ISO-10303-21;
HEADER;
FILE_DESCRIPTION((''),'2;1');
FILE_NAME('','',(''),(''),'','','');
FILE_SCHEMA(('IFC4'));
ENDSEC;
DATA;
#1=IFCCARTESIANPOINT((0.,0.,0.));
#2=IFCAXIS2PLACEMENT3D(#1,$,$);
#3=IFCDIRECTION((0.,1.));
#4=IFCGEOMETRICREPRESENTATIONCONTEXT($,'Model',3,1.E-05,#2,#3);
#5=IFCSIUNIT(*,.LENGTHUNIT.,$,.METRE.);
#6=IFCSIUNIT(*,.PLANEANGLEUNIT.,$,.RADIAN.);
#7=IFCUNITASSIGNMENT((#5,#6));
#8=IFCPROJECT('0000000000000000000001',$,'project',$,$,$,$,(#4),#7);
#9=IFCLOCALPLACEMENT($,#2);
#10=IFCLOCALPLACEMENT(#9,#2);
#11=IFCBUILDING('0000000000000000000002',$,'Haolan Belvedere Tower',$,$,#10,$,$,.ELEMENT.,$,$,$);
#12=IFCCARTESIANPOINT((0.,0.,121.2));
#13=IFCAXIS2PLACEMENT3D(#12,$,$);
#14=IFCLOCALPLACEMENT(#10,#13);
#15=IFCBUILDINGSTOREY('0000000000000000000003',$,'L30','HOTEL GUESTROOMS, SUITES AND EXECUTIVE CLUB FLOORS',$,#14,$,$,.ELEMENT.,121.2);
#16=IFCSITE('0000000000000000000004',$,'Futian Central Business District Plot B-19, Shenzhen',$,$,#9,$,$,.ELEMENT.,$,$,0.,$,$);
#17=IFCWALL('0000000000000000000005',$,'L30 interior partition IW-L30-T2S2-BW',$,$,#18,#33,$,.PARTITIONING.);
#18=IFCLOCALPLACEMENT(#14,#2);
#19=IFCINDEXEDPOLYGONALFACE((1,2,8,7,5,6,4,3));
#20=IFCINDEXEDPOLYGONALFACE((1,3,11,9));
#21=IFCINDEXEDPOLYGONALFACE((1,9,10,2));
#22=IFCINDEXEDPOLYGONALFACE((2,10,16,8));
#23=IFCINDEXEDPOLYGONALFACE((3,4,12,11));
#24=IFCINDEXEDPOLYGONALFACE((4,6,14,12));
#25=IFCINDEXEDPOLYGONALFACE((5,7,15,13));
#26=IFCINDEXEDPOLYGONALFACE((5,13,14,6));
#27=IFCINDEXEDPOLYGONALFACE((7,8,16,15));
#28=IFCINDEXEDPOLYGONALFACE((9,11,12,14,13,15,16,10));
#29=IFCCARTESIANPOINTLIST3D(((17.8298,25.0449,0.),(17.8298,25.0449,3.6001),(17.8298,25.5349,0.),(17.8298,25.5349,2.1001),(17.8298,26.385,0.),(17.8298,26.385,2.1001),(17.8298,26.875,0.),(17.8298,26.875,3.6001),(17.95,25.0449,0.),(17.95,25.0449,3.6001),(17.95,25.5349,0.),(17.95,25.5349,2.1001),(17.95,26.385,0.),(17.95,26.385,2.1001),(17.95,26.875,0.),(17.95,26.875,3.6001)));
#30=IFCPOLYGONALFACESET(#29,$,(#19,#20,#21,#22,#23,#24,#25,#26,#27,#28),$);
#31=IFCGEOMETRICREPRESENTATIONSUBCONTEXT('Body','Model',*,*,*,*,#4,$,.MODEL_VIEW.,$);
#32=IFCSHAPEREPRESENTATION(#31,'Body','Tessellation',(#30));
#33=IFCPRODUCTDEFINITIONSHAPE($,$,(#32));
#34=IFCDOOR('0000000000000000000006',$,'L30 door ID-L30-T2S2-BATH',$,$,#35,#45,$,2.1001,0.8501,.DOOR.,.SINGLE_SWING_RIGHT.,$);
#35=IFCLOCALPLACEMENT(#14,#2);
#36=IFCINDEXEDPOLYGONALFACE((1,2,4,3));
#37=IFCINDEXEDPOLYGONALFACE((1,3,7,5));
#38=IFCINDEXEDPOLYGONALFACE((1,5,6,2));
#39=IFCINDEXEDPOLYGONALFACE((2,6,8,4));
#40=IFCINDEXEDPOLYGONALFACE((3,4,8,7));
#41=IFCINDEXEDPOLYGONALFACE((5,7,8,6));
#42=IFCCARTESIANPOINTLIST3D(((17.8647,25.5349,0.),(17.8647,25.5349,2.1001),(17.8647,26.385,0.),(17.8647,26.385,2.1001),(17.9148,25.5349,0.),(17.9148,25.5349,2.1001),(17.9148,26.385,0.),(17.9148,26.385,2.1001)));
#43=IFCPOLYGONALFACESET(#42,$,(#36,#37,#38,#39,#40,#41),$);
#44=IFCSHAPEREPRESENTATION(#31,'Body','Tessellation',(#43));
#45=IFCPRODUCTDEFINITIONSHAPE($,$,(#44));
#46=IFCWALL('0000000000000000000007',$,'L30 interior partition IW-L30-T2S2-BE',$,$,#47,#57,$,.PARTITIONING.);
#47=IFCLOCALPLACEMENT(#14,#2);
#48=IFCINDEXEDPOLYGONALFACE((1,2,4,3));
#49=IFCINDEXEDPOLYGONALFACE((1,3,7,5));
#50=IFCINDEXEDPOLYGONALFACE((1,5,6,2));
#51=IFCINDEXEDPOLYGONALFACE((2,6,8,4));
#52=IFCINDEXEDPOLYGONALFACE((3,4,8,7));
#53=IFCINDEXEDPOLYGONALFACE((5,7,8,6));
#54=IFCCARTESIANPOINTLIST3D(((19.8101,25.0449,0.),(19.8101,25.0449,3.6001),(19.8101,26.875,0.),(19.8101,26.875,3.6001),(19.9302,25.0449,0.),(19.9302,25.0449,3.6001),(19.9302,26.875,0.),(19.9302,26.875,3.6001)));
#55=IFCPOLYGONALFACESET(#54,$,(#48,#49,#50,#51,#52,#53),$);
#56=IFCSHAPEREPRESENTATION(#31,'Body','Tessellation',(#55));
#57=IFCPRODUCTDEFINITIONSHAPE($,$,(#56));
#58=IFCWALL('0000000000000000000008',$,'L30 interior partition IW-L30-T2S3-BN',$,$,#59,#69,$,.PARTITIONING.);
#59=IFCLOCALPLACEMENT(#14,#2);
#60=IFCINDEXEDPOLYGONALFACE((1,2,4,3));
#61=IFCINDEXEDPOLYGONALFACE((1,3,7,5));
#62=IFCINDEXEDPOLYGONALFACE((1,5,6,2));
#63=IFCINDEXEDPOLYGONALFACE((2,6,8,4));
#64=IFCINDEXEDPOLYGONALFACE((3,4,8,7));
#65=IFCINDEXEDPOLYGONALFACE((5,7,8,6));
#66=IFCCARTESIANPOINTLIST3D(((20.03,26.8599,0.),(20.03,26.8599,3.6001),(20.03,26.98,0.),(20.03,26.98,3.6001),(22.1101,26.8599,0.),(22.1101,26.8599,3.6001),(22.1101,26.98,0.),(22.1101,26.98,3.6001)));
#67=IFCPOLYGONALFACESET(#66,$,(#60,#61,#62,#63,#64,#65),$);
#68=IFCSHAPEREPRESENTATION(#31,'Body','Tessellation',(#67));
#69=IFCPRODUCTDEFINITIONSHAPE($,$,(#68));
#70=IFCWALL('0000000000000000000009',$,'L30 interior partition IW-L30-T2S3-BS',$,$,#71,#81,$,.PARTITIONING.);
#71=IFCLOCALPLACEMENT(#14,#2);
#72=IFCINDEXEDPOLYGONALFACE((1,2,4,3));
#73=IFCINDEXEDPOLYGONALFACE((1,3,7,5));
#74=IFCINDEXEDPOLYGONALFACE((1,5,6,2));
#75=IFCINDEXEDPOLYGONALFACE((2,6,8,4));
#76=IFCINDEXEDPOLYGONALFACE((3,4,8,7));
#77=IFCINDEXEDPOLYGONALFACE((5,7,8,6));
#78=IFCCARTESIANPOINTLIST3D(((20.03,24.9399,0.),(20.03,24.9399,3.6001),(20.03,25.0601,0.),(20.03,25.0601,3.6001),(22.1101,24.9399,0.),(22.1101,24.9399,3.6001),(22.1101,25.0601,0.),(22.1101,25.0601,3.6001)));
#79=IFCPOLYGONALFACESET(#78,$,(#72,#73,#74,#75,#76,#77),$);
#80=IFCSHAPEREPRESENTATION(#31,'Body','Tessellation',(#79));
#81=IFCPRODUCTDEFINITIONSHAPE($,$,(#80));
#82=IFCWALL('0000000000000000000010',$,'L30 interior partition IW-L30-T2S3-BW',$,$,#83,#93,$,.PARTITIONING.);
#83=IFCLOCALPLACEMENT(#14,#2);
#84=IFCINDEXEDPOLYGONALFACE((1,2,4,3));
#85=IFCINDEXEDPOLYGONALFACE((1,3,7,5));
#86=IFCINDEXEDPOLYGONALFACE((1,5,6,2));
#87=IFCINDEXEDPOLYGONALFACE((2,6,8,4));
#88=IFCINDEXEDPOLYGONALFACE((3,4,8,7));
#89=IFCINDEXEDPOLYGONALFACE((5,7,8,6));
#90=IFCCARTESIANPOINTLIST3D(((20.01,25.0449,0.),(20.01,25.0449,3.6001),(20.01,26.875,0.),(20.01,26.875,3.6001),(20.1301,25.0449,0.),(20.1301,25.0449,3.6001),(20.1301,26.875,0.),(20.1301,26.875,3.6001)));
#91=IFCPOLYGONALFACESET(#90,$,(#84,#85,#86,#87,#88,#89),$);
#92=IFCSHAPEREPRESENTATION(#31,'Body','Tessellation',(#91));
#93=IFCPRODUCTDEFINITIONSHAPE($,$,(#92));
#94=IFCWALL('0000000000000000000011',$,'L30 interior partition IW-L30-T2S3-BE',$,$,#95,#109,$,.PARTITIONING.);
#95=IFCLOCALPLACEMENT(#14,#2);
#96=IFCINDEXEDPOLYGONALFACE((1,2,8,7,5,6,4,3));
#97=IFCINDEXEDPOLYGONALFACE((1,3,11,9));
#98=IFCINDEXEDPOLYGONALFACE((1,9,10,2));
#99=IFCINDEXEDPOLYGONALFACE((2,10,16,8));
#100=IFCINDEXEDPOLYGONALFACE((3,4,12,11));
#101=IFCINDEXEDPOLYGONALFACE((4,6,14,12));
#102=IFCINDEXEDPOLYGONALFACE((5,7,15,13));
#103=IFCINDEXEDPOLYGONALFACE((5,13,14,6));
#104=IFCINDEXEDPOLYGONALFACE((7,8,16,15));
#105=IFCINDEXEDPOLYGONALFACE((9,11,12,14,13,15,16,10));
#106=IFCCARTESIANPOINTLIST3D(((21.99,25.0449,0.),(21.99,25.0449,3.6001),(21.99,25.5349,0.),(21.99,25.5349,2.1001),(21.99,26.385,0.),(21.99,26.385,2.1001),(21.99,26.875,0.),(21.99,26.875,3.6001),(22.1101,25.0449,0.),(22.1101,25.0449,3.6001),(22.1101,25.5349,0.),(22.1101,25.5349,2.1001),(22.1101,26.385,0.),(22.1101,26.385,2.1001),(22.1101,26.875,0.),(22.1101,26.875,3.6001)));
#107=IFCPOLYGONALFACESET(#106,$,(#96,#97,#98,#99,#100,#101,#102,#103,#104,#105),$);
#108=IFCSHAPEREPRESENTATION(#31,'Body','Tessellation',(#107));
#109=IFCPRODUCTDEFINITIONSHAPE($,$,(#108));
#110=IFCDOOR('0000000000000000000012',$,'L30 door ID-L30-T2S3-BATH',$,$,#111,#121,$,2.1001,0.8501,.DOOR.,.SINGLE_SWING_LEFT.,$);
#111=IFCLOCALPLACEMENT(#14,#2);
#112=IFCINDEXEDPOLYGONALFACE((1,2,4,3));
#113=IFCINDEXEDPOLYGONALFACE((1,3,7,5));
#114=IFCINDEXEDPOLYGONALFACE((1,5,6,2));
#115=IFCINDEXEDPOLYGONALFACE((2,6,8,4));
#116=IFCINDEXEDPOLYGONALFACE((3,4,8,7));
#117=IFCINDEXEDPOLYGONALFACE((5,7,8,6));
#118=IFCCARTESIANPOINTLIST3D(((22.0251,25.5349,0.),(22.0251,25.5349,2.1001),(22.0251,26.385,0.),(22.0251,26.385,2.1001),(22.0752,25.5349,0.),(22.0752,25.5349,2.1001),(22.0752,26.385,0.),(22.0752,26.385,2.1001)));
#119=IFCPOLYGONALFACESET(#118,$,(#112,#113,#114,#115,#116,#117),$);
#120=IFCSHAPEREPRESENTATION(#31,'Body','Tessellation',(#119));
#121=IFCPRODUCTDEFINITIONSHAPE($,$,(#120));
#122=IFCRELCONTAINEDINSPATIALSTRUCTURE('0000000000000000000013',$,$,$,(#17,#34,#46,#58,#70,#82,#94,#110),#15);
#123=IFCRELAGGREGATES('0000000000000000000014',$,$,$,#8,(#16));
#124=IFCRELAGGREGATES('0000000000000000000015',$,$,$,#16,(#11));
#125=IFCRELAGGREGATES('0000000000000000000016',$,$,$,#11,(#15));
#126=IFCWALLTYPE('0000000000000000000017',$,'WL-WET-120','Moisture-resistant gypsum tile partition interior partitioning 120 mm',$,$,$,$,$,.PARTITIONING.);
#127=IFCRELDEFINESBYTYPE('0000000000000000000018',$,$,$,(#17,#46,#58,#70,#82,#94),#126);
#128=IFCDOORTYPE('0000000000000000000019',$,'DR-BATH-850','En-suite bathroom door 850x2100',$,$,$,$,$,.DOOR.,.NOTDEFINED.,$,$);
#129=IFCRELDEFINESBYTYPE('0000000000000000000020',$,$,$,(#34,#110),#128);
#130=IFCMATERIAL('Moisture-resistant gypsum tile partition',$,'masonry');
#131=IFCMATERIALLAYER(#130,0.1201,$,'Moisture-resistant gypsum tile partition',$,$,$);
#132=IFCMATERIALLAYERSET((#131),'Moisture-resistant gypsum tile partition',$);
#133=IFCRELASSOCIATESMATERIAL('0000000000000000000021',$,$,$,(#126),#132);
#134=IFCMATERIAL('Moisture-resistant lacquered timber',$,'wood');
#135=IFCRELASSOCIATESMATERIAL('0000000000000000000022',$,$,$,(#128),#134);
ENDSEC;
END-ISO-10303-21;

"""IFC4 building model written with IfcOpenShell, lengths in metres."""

from ifc_helpers import new_model, si_unit, direction, frame, frame_2d, origin, place, context, subcontext, project, spatial, rectangle, extrude, material, layer, layer_set, type_object, element, fill, save


model = new_model("IFC4")

# Units and contexts
model_context = context("Model", 3, precision=1e-05, world=origin(), true_north=direction((0.0, 1.0)))
body_context = subcontext(model_context, "Body", "Model", "MODEL_VIEW")
ifc_project = project(units=[si_unit("LENGTHUNIT", "METRE"), si_unit("PLANEANGLEUNIT", "RADIAN")], contexts=[model_context])

# Site, building, storey
site_placement = place(None, origin())
site = spatial("IfcSite", under=ifc_project, at=site_placement, Name="Futian Central Business District Plot B-19, Shenzhen", CompositionType="ELEMENT", RefElevation=0.0)
building_placement = place(site_placement, origin())
building = spatial("IfcBuilding", under=site, at=building_placement, Name="Haolan Belvedere Tower", CompositionType="ELEMENT")
storey_placement = place(building_placement, frame((0.0, 0.0, 121.2)))
storey = spatial("IfcBuildingStorey", under=building, at=storey_placement, Name="L30", Description="HOTEL GUESTROOMS, SUITES AND EXECUTIVE CLUB FLOORS", CompositionType="ELEMENT", Elevation=121.2)

# Shared definitions
ifc_material_1 = material(Name="Moisture-resistant gypsum tile partition", Category="masonry")
ifc_layer_1 = layer(ifc_material_1, 0.1201, Name="Moisture-resistant gypsum tile partition")
ifc_layer_set_1 = layer_set([ifc_layer_1], Name="Moisture-resistant gypsum tile partition")
wall_type_1 = type_object("IfcWallType", Name="WL-WET-120", Description="Moisture-resistant gypsum tile partition interior partitioning 120 mm", PredefinedType="PARTITIONING", material=ifc_layer_set_1)

# Wall, opening, door
wall_1_placement = place(storey_placement, frame((17.8899, 25.0449, 0.0), z_axis=(0.0, 0.0, 1.0), x_axis=(0.0, 1.0, 0.0)))
wall_1 = element("IfcWall", 1, at=wall_1_placement, inside=storey, type_object=wall_type_1, Name="L30 interior partition IW-L30-T2S2-BW", PredefinedType="PARTITIONING", context=body_context, shape_type="SweptSolid", body=[
    extrude(rectangle(XDim=1.8301, YDim=0.1201, at=frame_2d((0.915, 0.0))), origin(), (0.0, 0.0, 1.0), 3.6001),
])
opening_1_placement = place(wall_1_placement, frame((1.3401, 0.0, 0.0), z_axis=(0.0, 0.0, 1.0), x_axis=(-1.0, 0.0, 0.0)))
opening_1 = element("IfcOpeningElement", 2, at=opening_1_placement, cuts=wall_1, PredefinedType="OPENING", context=body_context, shape_type="SweptSolid", body=[
    extrude(rectangle(XDim=0.8501, YDim=2.1001, at=frame_2d((0.425, 1.05))), frame((0.0, 0.0701, 0.0), z_axis=(0.0, -1.0, 0.0), x_axis=(1.0, 0.0, 0.0)), (0.0, 0.0, 1.0), 0.1401),
])
ifc_material_2 = material(Name="Moisture-resistant lacquered timber", Category="wood")
door_type_1 = type_object("IfcDoorType", Name="DR-BATH-850", Description="En-suite bathroom door 850x2100", OperationType="NOTDEFINED", PredefinedType="DOOR", material=ifc_material_2)
door_1_placement = place(opening_1_placement, origin())
door_1 = element("IfcDoor", 3, at=door_1_placement, inside=storey, type_object=door_type_1, Name="L30 door ID-L30-T2S2-BATH", OperationType="SINGLE_SWING_RIGHT", OverallHeight=2.1001, OverallWidth=0.8501, PredefinedType="DOOR", context=body_context, shape_type="SweptSolid", body=[
    extrude(rectangle(XDim=0.8501, YDim=2.1001, at=frame_2d((0.425, 1.05))), frame((0.0, 0.0249, 0.0), z_axis=(0.0, -1.0, 0.0), x_axis=(1.0, 0.0, 0.0)), (0.0, 0.0, 1.0), 0.05),
])
fill(opening_1, door_1)

# Walls
wall_2_placement = place(storey_placement, frame((19.8701, 25.0449, 0.0), z_axis=(0.0, 0.0, 1.0), x_axis=(0.0, 1.0, 0.0)))
element("IfcWall", 4, at=wall_2_placement, inside=storey, type_object=wall_type_1, Name="L30 interior partition IW-L30-T2S2-BE", PredefinedType="PARTITIONING", context=body_context, shape_type="SweptSolid", body=[
    extrude(rectangle(XDim=1.8301, YDim=0.1201, at=frame_2d((0.915, 0.0))), origin(), (0.0, 0.0, 1.0), 3.6001),
])
for number, where, z_axis, x_axis, name in (
    (5, (20.03, 26.9199, 0.0), (0.0, 0.0, 1.0), (1.0, 0.0, 0.0), "L30 interior partition IW-L30-T2S3-BN"),
    (6, (20.03, 25.0, 0.0), (0.0, 0.0, 1.0), (1.0, 0.0, 0.0), "L30 interior partition IW-L30-T2S3-BS"),
):
    element("IfcWall", number, at=place(storey_placement, frame(where, z_axis=z_axis, x_axis=x_axis)), inside=storey, type_object=wall_type_1, Name=name, PredefinedType="PARTITIONING", context=body_context, shape_type="SweptSolid", body=[
        extrude(rectangle(XDim=2.0801, YDim=0.1201, at=frame_2d((1.04, 0.0))), origin(), (0.0, 0.0, 1.0), 3.6001),
    ])
wall_3_placement = place(storey_placement, frame((20.0701, 25.0449, 0.0), z_axis=(0.0, 0.0, 1.0), x_axis=(0.0, 1.0, 0.0)))
element("IfcWall", 7, at=wall_3_placement, inside=storey, type_object=wall_type_1, Name="L30 interior partition IW-L30-T2S3-BW", PredefinedType="PARTITIONING", context=body_context, shape_type="SweptSolid", body=[
    extrude(rectangle(XDim=1.8301, YDim=0.1201, at=frame_2d((0.915, 0.0))), origin(), (0.0, 0.0, 1.0), 3.6001),
])

# Wall, opening, door
wall_4_placement = place(storey_placement, frame((22.05, 25.0449, 0.0), z_axis=(0.0, 0.0, 1.0), x_axis=(0.0, 1.0, 0.0)))
wall_4 = element("IfcWall", 8, at=wall_4_placement, inside=storey, type_object=wall_type_1, Name="L30 interior partition IW-L30-T2S3-BE", PredefinedType="PARTITIONING", context=body_context, shape_type="SweptSolid", body=[
    extrude(rectangle(XDim=1.8301, YDim=0.1201, at=frame_2d((0.915, 0.0))), origin(), (0.0, 0.0, 1.0), 3.6001),
])
opening_2_placement = place(wall_4_placement, frame((0.49, 0.0, 0.0)))
opening_2 = element("IfcOpeningElement", 9, at=opening_2_placement, cuts=wall_4, PredefinedType="OPENING", context=body_context, shape_type="SweptSolid", body=[
    extrude(rectangle(XDim=0.8501, YDim=2.1001, at=frame_2d((0.425, 1.05))), frame((0.0, 0.0701, 0.0), z_axis=(0.0, -1.0, 0.0), x_axis=(1.0, 0.0, 0.0)), (0.0, 0.0, 1.0), 0.1401),
])
door_2_placement = place(opening_2_placement, origin())
door_2 = element("IfcDoor", 10, at=door_2_placement, inside=storey, type_object=door_type_1, Name="L30 door ID-L30-T2S3-BATH", OperationType="SINGLE_SWING_LEFT", OverallHeight=2.1001, OverallWidth=0.8501, PredefinedType="DOOR", context=body_context, shape_type="SweptSolid", body=[
    extrude(rectangle(XDim=0.8501, YDim=2.1001, at=frame_2d((0.425, 1.05))), frame((0.0, 0.0249, 0.0), z_axis=(0.0, -1.0, 0.0), x_axis=(1.0, 0.0, 0.0)), (0.0, 0.0, 1.0), 0.05),
])
fill(opening_2, door_2)

save(model, "model.ifc")
